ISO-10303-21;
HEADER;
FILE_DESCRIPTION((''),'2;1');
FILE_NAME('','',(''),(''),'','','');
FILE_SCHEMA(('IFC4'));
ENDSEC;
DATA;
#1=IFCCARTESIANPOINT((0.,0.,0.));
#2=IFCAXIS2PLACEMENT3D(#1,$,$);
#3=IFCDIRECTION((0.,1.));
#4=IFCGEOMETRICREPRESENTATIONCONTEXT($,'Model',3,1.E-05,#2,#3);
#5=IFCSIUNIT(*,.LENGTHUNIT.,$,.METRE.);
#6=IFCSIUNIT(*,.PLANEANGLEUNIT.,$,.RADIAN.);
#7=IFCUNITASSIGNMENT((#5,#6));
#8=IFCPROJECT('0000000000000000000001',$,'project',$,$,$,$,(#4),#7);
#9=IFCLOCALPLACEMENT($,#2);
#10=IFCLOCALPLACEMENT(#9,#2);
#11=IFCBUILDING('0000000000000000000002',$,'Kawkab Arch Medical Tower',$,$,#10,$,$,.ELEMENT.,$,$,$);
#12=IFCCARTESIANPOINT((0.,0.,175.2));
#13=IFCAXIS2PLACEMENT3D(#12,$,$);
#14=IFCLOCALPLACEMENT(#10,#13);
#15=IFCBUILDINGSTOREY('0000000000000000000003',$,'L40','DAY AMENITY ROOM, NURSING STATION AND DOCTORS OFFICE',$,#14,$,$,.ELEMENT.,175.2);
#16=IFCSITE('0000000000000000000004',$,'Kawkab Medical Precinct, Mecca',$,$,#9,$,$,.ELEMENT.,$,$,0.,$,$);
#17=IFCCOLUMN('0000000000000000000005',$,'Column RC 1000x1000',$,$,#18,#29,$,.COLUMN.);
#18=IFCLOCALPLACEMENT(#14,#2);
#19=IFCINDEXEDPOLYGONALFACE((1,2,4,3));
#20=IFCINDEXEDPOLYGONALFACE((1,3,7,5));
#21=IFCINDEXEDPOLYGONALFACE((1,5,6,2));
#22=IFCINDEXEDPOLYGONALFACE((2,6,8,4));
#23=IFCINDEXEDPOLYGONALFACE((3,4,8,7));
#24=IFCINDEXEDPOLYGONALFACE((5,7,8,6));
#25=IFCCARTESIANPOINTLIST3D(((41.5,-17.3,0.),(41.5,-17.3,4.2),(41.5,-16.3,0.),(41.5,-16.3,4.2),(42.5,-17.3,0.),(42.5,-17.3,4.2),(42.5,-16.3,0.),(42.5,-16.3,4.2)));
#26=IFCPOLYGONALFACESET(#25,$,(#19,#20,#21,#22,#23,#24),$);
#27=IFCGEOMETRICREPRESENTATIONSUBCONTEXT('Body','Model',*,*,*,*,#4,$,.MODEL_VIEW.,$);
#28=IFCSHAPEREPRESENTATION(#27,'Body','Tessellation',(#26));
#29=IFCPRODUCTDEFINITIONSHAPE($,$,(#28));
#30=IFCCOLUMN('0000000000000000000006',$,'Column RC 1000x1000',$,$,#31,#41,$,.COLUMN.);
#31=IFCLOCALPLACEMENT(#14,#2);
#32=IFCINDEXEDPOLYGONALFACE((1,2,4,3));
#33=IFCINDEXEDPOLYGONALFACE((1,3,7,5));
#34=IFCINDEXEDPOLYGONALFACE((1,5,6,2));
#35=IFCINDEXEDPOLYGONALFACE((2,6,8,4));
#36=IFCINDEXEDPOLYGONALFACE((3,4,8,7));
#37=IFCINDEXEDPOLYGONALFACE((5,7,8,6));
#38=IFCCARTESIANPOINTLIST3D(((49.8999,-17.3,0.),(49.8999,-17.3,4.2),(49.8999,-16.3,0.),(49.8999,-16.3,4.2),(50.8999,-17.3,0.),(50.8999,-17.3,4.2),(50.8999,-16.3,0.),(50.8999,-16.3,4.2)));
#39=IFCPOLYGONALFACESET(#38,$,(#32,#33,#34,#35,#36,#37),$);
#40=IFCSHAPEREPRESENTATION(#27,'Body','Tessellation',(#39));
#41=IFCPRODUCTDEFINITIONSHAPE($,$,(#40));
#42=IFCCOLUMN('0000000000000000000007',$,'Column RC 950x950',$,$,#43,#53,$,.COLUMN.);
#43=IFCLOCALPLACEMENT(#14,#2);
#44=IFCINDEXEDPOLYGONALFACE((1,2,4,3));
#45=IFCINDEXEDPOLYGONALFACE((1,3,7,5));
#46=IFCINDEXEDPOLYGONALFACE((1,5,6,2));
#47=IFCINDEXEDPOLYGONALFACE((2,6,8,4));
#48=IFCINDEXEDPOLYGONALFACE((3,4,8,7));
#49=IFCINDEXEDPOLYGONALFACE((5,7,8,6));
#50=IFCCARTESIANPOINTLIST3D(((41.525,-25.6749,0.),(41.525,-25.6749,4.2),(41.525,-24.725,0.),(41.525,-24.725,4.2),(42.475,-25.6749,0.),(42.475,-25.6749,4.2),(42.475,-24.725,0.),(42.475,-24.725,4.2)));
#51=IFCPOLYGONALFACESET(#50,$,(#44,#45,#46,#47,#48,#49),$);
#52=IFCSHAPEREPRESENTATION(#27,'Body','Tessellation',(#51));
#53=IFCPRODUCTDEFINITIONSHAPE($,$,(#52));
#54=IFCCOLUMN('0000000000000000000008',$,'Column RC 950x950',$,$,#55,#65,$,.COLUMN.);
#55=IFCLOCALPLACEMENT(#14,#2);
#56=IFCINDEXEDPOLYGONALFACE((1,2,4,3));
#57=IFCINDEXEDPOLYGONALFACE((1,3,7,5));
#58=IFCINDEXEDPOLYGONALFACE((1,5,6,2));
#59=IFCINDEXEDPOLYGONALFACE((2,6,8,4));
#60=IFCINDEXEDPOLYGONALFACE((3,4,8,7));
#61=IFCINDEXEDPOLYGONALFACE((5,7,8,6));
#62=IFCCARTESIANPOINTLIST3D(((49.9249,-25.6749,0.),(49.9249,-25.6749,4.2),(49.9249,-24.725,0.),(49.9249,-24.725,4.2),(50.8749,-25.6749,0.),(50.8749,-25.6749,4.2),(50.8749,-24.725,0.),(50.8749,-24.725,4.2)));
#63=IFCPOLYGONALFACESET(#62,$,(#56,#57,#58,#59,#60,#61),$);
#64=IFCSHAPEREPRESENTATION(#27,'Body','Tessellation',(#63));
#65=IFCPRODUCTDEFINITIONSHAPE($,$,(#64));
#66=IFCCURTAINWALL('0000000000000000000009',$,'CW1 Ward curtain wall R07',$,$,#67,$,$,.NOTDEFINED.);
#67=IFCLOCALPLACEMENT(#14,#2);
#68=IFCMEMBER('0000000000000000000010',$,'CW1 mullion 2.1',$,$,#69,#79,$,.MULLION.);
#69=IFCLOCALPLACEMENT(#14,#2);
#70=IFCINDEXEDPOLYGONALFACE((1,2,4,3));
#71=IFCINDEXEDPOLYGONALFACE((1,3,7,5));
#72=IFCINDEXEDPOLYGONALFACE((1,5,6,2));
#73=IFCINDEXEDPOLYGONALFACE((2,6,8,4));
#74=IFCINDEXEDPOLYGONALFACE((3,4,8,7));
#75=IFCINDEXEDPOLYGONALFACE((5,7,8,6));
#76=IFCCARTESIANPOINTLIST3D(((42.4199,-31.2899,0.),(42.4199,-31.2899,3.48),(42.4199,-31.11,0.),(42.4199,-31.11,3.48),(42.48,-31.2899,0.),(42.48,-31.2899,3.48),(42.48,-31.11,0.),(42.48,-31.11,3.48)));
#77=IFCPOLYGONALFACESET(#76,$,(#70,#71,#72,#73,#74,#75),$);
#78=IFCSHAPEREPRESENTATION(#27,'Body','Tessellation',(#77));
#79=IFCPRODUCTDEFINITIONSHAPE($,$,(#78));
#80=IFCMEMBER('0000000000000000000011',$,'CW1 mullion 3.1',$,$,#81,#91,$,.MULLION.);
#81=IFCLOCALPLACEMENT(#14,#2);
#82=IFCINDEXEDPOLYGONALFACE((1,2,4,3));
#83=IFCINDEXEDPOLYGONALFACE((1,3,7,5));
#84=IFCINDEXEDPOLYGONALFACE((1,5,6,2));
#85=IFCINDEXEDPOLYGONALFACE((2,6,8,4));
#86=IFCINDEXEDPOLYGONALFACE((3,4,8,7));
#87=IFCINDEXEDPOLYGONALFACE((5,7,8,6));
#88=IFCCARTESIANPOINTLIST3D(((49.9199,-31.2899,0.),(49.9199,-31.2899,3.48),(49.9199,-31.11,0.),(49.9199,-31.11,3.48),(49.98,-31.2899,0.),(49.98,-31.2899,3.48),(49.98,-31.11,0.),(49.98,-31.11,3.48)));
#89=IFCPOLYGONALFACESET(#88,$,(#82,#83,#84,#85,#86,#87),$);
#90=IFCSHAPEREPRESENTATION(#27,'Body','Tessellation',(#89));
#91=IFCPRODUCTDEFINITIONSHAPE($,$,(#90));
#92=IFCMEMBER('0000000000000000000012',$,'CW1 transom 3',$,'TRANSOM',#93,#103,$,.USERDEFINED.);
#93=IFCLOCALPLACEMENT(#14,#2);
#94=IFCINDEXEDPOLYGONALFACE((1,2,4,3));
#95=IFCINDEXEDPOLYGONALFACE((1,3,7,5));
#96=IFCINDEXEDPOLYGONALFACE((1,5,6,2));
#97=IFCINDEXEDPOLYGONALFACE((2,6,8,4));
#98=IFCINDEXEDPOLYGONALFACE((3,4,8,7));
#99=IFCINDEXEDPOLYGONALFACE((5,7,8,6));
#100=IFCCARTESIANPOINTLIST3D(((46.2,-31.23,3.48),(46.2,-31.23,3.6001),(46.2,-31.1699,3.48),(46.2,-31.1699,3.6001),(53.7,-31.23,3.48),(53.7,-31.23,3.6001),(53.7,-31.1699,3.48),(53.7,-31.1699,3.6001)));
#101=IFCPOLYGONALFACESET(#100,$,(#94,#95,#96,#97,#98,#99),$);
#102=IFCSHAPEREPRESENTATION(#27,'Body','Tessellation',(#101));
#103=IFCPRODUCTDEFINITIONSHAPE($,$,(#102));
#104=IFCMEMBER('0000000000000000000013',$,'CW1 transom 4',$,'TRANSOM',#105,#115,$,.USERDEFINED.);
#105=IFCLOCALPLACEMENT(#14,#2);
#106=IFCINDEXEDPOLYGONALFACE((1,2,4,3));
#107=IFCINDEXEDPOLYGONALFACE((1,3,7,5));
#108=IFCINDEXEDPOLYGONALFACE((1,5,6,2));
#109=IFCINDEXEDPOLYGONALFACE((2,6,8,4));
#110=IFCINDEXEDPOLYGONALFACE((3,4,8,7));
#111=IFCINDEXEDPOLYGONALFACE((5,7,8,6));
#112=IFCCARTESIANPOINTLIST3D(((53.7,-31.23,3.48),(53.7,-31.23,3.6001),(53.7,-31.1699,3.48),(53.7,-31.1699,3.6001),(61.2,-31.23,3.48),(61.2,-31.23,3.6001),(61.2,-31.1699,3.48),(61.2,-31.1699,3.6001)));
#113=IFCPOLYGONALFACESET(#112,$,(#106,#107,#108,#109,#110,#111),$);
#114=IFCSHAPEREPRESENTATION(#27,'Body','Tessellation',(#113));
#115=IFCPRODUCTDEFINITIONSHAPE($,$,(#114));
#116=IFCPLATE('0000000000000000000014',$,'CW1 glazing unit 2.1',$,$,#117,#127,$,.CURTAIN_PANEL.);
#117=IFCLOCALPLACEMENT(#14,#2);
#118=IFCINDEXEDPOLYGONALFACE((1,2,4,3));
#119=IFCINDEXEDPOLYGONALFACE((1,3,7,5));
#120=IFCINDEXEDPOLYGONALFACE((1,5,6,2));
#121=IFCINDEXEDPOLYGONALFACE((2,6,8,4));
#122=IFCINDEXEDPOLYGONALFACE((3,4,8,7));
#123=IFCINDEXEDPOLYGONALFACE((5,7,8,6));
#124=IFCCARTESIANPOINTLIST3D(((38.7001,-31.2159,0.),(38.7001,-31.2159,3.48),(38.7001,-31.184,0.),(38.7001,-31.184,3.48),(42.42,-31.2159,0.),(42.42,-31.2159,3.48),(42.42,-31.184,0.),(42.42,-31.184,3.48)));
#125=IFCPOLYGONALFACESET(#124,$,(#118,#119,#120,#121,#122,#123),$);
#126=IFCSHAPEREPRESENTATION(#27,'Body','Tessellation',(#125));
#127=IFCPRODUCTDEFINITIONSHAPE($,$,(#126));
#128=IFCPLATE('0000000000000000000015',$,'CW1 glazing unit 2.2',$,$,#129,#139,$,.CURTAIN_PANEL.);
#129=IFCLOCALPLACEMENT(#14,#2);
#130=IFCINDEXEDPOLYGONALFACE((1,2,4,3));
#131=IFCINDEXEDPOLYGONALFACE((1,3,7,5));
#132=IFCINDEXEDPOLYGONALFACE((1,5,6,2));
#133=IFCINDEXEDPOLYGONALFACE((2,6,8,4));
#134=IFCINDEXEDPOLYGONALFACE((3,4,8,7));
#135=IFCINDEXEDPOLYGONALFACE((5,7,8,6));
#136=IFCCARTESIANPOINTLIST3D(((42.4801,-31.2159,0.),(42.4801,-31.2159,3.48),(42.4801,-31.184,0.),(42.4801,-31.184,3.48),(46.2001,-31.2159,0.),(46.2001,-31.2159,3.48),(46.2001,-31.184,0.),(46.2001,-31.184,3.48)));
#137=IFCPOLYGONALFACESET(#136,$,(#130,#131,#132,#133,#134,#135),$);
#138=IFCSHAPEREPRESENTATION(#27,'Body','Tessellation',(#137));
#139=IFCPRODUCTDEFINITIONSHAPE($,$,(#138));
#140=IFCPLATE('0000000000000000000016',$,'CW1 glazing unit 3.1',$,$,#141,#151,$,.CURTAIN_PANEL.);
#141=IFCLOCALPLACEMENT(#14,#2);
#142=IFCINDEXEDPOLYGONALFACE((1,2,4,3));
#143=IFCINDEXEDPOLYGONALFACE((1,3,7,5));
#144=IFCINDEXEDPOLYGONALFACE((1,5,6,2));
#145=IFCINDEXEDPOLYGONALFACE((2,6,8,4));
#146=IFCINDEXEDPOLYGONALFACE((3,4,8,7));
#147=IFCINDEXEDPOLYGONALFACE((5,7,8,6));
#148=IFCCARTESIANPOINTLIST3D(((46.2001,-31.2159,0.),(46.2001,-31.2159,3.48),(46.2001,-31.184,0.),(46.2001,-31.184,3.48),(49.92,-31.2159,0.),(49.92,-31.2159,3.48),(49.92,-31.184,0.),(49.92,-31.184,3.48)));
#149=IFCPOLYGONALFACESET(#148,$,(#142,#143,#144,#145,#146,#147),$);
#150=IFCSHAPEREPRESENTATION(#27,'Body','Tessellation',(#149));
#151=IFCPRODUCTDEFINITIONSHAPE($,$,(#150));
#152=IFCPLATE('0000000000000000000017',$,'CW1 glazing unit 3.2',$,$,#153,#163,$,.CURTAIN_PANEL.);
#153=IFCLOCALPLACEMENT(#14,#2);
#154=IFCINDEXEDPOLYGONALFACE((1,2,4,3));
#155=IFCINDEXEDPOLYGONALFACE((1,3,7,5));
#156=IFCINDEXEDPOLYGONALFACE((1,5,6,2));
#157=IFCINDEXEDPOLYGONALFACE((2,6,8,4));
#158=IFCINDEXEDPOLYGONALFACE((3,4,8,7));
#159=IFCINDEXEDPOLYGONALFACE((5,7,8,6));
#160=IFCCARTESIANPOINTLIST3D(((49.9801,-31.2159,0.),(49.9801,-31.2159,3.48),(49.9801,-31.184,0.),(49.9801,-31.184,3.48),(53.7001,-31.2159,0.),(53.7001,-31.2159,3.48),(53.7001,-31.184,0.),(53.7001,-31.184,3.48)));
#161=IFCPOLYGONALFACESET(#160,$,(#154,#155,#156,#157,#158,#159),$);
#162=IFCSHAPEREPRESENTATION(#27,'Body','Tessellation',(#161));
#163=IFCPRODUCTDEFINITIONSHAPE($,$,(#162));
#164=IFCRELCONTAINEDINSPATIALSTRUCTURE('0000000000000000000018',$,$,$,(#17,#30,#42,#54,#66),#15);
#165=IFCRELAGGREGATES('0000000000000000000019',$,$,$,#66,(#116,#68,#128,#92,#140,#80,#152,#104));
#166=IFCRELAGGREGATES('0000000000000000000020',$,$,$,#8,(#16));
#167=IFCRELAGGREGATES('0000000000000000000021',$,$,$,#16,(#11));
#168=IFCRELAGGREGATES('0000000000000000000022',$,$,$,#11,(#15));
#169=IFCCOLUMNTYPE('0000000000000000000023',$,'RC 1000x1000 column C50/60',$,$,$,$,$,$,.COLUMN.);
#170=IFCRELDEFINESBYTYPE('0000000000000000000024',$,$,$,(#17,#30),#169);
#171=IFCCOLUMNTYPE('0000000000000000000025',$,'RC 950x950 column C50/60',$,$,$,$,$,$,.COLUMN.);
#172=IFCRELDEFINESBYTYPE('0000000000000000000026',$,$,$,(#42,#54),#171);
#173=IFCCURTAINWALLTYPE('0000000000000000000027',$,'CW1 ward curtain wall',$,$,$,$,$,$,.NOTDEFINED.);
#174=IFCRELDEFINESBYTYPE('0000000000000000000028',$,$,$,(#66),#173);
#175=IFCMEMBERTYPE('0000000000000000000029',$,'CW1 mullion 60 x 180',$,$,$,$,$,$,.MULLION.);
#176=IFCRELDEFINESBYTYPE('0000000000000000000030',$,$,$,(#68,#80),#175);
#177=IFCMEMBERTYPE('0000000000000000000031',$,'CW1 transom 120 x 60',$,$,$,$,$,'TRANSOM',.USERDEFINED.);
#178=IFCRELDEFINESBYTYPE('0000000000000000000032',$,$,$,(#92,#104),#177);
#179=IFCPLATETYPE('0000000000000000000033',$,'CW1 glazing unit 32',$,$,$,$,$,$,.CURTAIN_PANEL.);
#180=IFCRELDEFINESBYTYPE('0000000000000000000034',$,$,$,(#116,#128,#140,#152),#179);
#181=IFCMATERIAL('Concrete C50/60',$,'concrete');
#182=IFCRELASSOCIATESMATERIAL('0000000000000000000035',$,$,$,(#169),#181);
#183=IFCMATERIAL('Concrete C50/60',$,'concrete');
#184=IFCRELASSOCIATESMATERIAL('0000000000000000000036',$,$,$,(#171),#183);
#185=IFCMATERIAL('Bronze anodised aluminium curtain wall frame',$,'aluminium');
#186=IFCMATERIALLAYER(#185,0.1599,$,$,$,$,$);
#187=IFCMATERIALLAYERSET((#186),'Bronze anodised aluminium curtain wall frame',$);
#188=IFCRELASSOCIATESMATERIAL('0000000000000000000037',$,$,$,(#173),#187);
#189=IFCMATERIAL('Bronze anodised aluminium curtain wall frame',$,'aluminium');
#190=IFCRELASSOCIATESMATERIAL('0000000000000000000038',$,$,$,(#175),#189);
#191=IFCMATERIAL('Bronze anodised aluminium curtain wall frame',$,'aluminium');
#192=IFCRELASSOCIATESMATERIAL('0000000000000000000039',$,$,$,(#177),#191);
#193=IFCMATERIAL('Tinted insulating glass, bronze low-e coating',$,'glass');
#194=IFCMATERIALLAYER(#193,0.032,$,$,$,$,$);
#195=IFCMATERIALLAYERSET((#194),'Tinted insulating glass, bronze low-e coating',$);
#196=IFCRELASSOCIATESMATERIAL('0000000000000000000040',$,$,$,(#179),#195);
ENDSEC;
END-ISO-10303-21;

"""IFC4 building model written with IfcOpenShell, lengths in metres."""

from ifc_helpers import new_model, si_unit, direction, frame, origin, origin_2d, place, context, subcontext, project, spatial, rectangle, extrude, material, layer, layer_set, material_profile, profile_set, type_object, element, aggregate, save


model = new_model("IFC4")

# Units and contexts
model_context = context("Model", 3, precision=1e-05, world=origin(), true_north=direction((0.0, 1.0)))
body_context = subcontext(model_context, "Body", "Model", "MODEL_VIEW")
ifc_project = project(units=[si_unit("LENGTHUNIT", "METRE"), si_unit("PLANEANGLEUNIT", "RADIAN")], contexts=[model_context])

# Site, building, storey
site_placement = place(None, origin())
site = spatial("IfcSite", under=ifc_project, at=site_placement, Name="Kawkab Medical Precinct, Mecca", CompositionType="ELEMENT", RefElevation=0.0)
building_placement = place(site_placement, origin())
building = spatial("IfcBuilding", under=site, at=building_placement, Name="Kawkab Arch Medical Tower", CompositionType="ELEMENT")
storey_placement = place(building_placement, frame((0.0, 0.0, 175.2)))
storey = spatial("IfcBuildingStorey", under=building, at=storey_placement, Name="L40", Description="DAY AMENITY ROOM, NURSING STATION AND DOCTORS OFFICE", CompositionType="ELEMENT", Elevation=175.2)

# Columns
ifc_material_1 = material(Name="Concrete C50/60", Category="concrete")
ifc_material_profile_1 = material_profile(ifc_material_1, rectangle(XDim=1.0, YDim=1.0, at=origin_2d()), Name="RC 1000x1000")
ifc_profile_set_1 = profile_set([ifc_material_profile_1], Name="Concrete C50/60")
column_type_1 = type_object("IfcColumnType", Name="RC 1000x1000 column C50/60", PredefinedType="COLUMN", material=ifc_profile_set_1)
for number, where, z_axis, x_axis, name in (
    (1, (42.0, -16.8, 0.0), (0.0, 0.0, 1.0), (1.0, 0.0, 0.0), "Column RC 1000x1000"),
    (2, (50.3999, -16.8, 0.0), (0.0, 0.0, 1.0), (1.0, 0.0, 0.0), "Column RC 1000x1000"),
):
    element("IfcColumn", number, at=place(storey_placement, frame(where, z_axis=z_axis, x_axis=x_axis)), inside=storey, type_object=column_type_1, Name=name, PredefinedType="COLUMN", context=body_context, shape_type="SweptSolid", body=[
        extrude(rectangle(XDim=1.0, YDim=1.0, at=origin_2d()), origin(), (0.0, 0.0, 1.0), 4.2),
    ])
ifc_material_2 = material(Name="Concrete C50/60", Category="concrete")
ifc_material_profile_2 = material_profile(ifc_material_2, rectangle(XDim=0.95, YDim=0.95, at=origin_2d()), Name="RC 950x950")
ifc_profile_set_2 = profile_set([ifc_material_profile_2], Name="Concrete C50/60")
column_type_2 = type_object("IfcColumnType", Name="RC 950x950 column C50/60", PredefinedType="COLUMN", material=ifc_profile_set_2)
for number, where, z_axis, x_axis, name in (
    (3, (42.0, -25.2, 0.0), (0.0, 0.0, 1.0), (1.0, 0.0, 0.0), "Column RC 950x950"),
    (4, (50.3999, -25.2, 0.0), (0.0, 0.0, 1.0), (1.0, 0.0, 0.0), "Column RC 950x950"),
):
    element("IfcColumn", number, at=place(storey_placement, frame(where, z_axis=z_axis, x_axis=x_axis)), inside=storey, type_object=column_type_2, Name=name, PredefinedType="COLUMN", context=body_context, shape_type="SweptSolid", body=[
        extrude(rectangle(XDim=0.95, YDim=0.95, at=origin_2d()), origin(), (0.0, 0.0, 1.0), 4.2),
    ])

# Curtain wall, members, plates
ifc_material_3 = material(Name="Bronze anodised aluminium curtain wall frame", Category="aluminium")
ifc_layer_1 = layer(ifc_material_3, 0.1599)
ifc_layer_set_1 = layer_set([ifc_layer_1], Name="Bronze anodised aluminium curtain wall frame")
curtain_wall_type = type_object("IfcCurtainWallType", Name="CW1 ward curtain wall", PredefinedType="NOTDEFINED", material=ifc_layer_set_1)
curtain_wall_placement = place(storey_placement, origin())
curtain_wall = element("IfcCurtainWall", 5, at=curtain_wall_placement, inside=storey, type_object=curtain_wall_type, Name="CW1 Ward curtain wall R07", PredefinedType="NOTDEFINED")
ifc_material_4 = material(Name="Bronze anodised aluminium curtain wall frame", Category="aluminium")
ifc_material_profile_3 = material_profile(ifc_material_4, rectangle(XDim=0.1799, YDim=0.0601, at=origin_2d()), Name="AL 60x180")
ifc_profile_set_3 = profile_set([ifc_material_profile_3], Name="Bronze anodised aluminium curtain wall frame")
member_type_1 = type_object("IfcMemberType", Name="CW1 mullion 60 x 180", PredefinedType="MULLION", material=ifc_profile_set_3)
member_1_placement = place(storey_placement, frame((42.45, -31.2, 0.0), z_axis=(0.0, 0.0, 1.0), x_axis=(0.0, 1.0, 0.0)))
member_1 = element("IfcMember", 6, at=member_1_placement, type_object=member_type_1, Name="CW1 mullion 2.1", PredefinedType="MULLION", context=body_context, shape_type="SweptSolid", body=[
    extrude(rectangle(XDim=0.1799, YDim=0.0601, at=origin_2d()), origin(), (0.0, 0.0, 1.0), 3.48),
])
member_2_placement = place(storey_placement, frame((49.95, -31.2, 0.0), z_axis=(0.0, 0.0, 1.0), x_axis=(0.0, 1.0, 0.0)))
member_2 = element("IfcMember", 7, at=member_2_placement, type_object=member_type_1, Name="CW1 mullion 3.1", PredefinedType="MULLION", context=body_context, shape_type="SweptSolid", body=[
    extrude(rectangle(XDim=0.1799, YDim=0.0601, at=origin_2d()), origin(), (0.0, 0.0, 1.0), 3.48),
])
ifc_material_5 = material(Name="Bronze anodised aluminium curtain wall frame", Category="aluminium")
ifc_material_profile_4 = material_profile(ifc_material_5, rectangle(XDim=0.0601, YDim=0.1201, at=origin_2d()), Name="AL 60x120")
ifc_profile_set_4 = profile_set([ifc_material_profile_4], Name="Bronze anodised aluminium curtain wall frame")
member_type_2 = type_object("IfcMemberType", Name="CW1 transom 120 x 60", ElementType="TRANSOM", PredefinedType="USERDEFINED", material=ifc_profile_set_4)
member_3_placement = place(storey_placement, frame((46.2, -31.2, 3.54), z_axis=(1.0, 0.0, 0.0), x_axis=(0.0, 1.0, 0.0)))
member_3 = element("IfcMember", 8, at=member_3_placement, type_object=member_type_2, Name="CW1 transom 3", ObjectType="TRANSOM", PredefinedType="USERDEFINED", context=body_context, shape_type="SweptSolid", body=[
    extrude(rectangle(XDim=0.0601, YDim=0.1201, at=origin_2d()), origin(), (0.0, 0.0, 1.0), 7.5),
])
member_4_placement = place(storey_placement, frame((53.7, -31.2, 3.54), z_axis=(1.0, 0.0, 0.0), x_axis=(0.0, 1.0, 0.0)))
member_4 = element("IfcMember", 9, at=member_4_placement, type_object=member_type_2, Name="CW1 transom 4", ObjectType="TRANSOM", PredefinedType="USERDEFINED", context=body_context, shape_type="SweptSolid", body=[
    extrude(rectangle(XDim=0.0601, YDim=0.1201, at=origin_2d()), origin(), (0.0, 0.0, 1.0), 7.5),
])
ifc_material_6 = material(Name="Tinted insulating glass, bronze low-e coating", Category="glass")
ifc_layer_2 = layer(ifc_material_6, 0.032)
ifc_layer_set_2 = layer_set([ifc_layer_2], Name="Tinted insulating glass, bronze low-e coating")
plate_type = type_object("IfcPlateType", Name="CW1 glazing unit 32", PredefinedType="CURTAIN_PANEL", material=ifc_layer_set_2)
plate_1_placement = place(storey_placement, frame((40.5601, -31.2, 0.0), z_axis=(0.0, 0.0, 1.0), x_axis=(1.0, 0.0, 0.0)))
plate_1 = element("IfcPlate", 10, at=plate_1_placement, type_object=plate_type, Name="CW1 glazing unit 2.1", PredefinedType="CURTAIN_PANEL", context=body_context, shape_type="SweptSolid", body=[
    extrude(rectangle(XDim=3.72, YDim=0.032, at=origin_2d()), origin(), (0.0, 0.0, 1.0), 3.48),
])
plate_2_placement = place(storey_placement, frame((44.3401, -31.2, 0.0), z_axis=(0.0, 0.0, 1.0), x_axis=(1.0, 0.0, 0.0)))
plate_2 = element("IfcPlate", 11, at=plate_2_placement, type_object=plate_type, Name="CW1 glazing unit 2.2", PredefinedType="CURTAIN_PANEL", context=body_context, shape_type="SweptSolid", body=[
    extrude(rectangle(XDim=3.72, YDim=0.032, at=origin_2d()), origin(), (0.0, 0.0, 1.0), 3.48),
])
plate_3_placement = place(storey_placement, frame((48.0601, -31.2, 0.0), z_axis=(0.0, 0.0, 1.0), x_axis=(1.0, 0.0, 0.0)))
plate_3 = element("IfcPlate", 12, at=plate_3_placement, type_object=plate_type, Name="CW1 glazing unit 3.1", PredefinedType="CURTAIN_PANEL", context=body_context, shape_type="SweptSolid", body=[
    extrude(rectangle(XDim=3.72, YDim=0.032, at=origin_2d()), origin(), (0.0, 0.0, 1.0), 3.48),
])
plate_4_placement = place(storey_placement, frame((51.8401, -31.2, 0.0), z_axis=(0.0, 0.0, 1.0), x_axis=(1.0, 0.0, 0.0)))
plate_4 = element("IfcPlate", 13, at=plate_4_placement, type_object=plate_type, Name="CW1 glazing unit 3.2", PredefinedType="CURTAIN_PANEL", context=body_context, shape_type="SweptSolid", body=[
    extrude(rectangle(XDim=3.72, YDim=0.032, at=origin_2d()), origin(), (0.0, 0.0, 1.0), 3.48),
])
aggregate(curtain_wall, [plate_1, member_1, plate_2, member_3, plate_3, member_2, plate_4, member_4])

save(model, "model.ifc")
